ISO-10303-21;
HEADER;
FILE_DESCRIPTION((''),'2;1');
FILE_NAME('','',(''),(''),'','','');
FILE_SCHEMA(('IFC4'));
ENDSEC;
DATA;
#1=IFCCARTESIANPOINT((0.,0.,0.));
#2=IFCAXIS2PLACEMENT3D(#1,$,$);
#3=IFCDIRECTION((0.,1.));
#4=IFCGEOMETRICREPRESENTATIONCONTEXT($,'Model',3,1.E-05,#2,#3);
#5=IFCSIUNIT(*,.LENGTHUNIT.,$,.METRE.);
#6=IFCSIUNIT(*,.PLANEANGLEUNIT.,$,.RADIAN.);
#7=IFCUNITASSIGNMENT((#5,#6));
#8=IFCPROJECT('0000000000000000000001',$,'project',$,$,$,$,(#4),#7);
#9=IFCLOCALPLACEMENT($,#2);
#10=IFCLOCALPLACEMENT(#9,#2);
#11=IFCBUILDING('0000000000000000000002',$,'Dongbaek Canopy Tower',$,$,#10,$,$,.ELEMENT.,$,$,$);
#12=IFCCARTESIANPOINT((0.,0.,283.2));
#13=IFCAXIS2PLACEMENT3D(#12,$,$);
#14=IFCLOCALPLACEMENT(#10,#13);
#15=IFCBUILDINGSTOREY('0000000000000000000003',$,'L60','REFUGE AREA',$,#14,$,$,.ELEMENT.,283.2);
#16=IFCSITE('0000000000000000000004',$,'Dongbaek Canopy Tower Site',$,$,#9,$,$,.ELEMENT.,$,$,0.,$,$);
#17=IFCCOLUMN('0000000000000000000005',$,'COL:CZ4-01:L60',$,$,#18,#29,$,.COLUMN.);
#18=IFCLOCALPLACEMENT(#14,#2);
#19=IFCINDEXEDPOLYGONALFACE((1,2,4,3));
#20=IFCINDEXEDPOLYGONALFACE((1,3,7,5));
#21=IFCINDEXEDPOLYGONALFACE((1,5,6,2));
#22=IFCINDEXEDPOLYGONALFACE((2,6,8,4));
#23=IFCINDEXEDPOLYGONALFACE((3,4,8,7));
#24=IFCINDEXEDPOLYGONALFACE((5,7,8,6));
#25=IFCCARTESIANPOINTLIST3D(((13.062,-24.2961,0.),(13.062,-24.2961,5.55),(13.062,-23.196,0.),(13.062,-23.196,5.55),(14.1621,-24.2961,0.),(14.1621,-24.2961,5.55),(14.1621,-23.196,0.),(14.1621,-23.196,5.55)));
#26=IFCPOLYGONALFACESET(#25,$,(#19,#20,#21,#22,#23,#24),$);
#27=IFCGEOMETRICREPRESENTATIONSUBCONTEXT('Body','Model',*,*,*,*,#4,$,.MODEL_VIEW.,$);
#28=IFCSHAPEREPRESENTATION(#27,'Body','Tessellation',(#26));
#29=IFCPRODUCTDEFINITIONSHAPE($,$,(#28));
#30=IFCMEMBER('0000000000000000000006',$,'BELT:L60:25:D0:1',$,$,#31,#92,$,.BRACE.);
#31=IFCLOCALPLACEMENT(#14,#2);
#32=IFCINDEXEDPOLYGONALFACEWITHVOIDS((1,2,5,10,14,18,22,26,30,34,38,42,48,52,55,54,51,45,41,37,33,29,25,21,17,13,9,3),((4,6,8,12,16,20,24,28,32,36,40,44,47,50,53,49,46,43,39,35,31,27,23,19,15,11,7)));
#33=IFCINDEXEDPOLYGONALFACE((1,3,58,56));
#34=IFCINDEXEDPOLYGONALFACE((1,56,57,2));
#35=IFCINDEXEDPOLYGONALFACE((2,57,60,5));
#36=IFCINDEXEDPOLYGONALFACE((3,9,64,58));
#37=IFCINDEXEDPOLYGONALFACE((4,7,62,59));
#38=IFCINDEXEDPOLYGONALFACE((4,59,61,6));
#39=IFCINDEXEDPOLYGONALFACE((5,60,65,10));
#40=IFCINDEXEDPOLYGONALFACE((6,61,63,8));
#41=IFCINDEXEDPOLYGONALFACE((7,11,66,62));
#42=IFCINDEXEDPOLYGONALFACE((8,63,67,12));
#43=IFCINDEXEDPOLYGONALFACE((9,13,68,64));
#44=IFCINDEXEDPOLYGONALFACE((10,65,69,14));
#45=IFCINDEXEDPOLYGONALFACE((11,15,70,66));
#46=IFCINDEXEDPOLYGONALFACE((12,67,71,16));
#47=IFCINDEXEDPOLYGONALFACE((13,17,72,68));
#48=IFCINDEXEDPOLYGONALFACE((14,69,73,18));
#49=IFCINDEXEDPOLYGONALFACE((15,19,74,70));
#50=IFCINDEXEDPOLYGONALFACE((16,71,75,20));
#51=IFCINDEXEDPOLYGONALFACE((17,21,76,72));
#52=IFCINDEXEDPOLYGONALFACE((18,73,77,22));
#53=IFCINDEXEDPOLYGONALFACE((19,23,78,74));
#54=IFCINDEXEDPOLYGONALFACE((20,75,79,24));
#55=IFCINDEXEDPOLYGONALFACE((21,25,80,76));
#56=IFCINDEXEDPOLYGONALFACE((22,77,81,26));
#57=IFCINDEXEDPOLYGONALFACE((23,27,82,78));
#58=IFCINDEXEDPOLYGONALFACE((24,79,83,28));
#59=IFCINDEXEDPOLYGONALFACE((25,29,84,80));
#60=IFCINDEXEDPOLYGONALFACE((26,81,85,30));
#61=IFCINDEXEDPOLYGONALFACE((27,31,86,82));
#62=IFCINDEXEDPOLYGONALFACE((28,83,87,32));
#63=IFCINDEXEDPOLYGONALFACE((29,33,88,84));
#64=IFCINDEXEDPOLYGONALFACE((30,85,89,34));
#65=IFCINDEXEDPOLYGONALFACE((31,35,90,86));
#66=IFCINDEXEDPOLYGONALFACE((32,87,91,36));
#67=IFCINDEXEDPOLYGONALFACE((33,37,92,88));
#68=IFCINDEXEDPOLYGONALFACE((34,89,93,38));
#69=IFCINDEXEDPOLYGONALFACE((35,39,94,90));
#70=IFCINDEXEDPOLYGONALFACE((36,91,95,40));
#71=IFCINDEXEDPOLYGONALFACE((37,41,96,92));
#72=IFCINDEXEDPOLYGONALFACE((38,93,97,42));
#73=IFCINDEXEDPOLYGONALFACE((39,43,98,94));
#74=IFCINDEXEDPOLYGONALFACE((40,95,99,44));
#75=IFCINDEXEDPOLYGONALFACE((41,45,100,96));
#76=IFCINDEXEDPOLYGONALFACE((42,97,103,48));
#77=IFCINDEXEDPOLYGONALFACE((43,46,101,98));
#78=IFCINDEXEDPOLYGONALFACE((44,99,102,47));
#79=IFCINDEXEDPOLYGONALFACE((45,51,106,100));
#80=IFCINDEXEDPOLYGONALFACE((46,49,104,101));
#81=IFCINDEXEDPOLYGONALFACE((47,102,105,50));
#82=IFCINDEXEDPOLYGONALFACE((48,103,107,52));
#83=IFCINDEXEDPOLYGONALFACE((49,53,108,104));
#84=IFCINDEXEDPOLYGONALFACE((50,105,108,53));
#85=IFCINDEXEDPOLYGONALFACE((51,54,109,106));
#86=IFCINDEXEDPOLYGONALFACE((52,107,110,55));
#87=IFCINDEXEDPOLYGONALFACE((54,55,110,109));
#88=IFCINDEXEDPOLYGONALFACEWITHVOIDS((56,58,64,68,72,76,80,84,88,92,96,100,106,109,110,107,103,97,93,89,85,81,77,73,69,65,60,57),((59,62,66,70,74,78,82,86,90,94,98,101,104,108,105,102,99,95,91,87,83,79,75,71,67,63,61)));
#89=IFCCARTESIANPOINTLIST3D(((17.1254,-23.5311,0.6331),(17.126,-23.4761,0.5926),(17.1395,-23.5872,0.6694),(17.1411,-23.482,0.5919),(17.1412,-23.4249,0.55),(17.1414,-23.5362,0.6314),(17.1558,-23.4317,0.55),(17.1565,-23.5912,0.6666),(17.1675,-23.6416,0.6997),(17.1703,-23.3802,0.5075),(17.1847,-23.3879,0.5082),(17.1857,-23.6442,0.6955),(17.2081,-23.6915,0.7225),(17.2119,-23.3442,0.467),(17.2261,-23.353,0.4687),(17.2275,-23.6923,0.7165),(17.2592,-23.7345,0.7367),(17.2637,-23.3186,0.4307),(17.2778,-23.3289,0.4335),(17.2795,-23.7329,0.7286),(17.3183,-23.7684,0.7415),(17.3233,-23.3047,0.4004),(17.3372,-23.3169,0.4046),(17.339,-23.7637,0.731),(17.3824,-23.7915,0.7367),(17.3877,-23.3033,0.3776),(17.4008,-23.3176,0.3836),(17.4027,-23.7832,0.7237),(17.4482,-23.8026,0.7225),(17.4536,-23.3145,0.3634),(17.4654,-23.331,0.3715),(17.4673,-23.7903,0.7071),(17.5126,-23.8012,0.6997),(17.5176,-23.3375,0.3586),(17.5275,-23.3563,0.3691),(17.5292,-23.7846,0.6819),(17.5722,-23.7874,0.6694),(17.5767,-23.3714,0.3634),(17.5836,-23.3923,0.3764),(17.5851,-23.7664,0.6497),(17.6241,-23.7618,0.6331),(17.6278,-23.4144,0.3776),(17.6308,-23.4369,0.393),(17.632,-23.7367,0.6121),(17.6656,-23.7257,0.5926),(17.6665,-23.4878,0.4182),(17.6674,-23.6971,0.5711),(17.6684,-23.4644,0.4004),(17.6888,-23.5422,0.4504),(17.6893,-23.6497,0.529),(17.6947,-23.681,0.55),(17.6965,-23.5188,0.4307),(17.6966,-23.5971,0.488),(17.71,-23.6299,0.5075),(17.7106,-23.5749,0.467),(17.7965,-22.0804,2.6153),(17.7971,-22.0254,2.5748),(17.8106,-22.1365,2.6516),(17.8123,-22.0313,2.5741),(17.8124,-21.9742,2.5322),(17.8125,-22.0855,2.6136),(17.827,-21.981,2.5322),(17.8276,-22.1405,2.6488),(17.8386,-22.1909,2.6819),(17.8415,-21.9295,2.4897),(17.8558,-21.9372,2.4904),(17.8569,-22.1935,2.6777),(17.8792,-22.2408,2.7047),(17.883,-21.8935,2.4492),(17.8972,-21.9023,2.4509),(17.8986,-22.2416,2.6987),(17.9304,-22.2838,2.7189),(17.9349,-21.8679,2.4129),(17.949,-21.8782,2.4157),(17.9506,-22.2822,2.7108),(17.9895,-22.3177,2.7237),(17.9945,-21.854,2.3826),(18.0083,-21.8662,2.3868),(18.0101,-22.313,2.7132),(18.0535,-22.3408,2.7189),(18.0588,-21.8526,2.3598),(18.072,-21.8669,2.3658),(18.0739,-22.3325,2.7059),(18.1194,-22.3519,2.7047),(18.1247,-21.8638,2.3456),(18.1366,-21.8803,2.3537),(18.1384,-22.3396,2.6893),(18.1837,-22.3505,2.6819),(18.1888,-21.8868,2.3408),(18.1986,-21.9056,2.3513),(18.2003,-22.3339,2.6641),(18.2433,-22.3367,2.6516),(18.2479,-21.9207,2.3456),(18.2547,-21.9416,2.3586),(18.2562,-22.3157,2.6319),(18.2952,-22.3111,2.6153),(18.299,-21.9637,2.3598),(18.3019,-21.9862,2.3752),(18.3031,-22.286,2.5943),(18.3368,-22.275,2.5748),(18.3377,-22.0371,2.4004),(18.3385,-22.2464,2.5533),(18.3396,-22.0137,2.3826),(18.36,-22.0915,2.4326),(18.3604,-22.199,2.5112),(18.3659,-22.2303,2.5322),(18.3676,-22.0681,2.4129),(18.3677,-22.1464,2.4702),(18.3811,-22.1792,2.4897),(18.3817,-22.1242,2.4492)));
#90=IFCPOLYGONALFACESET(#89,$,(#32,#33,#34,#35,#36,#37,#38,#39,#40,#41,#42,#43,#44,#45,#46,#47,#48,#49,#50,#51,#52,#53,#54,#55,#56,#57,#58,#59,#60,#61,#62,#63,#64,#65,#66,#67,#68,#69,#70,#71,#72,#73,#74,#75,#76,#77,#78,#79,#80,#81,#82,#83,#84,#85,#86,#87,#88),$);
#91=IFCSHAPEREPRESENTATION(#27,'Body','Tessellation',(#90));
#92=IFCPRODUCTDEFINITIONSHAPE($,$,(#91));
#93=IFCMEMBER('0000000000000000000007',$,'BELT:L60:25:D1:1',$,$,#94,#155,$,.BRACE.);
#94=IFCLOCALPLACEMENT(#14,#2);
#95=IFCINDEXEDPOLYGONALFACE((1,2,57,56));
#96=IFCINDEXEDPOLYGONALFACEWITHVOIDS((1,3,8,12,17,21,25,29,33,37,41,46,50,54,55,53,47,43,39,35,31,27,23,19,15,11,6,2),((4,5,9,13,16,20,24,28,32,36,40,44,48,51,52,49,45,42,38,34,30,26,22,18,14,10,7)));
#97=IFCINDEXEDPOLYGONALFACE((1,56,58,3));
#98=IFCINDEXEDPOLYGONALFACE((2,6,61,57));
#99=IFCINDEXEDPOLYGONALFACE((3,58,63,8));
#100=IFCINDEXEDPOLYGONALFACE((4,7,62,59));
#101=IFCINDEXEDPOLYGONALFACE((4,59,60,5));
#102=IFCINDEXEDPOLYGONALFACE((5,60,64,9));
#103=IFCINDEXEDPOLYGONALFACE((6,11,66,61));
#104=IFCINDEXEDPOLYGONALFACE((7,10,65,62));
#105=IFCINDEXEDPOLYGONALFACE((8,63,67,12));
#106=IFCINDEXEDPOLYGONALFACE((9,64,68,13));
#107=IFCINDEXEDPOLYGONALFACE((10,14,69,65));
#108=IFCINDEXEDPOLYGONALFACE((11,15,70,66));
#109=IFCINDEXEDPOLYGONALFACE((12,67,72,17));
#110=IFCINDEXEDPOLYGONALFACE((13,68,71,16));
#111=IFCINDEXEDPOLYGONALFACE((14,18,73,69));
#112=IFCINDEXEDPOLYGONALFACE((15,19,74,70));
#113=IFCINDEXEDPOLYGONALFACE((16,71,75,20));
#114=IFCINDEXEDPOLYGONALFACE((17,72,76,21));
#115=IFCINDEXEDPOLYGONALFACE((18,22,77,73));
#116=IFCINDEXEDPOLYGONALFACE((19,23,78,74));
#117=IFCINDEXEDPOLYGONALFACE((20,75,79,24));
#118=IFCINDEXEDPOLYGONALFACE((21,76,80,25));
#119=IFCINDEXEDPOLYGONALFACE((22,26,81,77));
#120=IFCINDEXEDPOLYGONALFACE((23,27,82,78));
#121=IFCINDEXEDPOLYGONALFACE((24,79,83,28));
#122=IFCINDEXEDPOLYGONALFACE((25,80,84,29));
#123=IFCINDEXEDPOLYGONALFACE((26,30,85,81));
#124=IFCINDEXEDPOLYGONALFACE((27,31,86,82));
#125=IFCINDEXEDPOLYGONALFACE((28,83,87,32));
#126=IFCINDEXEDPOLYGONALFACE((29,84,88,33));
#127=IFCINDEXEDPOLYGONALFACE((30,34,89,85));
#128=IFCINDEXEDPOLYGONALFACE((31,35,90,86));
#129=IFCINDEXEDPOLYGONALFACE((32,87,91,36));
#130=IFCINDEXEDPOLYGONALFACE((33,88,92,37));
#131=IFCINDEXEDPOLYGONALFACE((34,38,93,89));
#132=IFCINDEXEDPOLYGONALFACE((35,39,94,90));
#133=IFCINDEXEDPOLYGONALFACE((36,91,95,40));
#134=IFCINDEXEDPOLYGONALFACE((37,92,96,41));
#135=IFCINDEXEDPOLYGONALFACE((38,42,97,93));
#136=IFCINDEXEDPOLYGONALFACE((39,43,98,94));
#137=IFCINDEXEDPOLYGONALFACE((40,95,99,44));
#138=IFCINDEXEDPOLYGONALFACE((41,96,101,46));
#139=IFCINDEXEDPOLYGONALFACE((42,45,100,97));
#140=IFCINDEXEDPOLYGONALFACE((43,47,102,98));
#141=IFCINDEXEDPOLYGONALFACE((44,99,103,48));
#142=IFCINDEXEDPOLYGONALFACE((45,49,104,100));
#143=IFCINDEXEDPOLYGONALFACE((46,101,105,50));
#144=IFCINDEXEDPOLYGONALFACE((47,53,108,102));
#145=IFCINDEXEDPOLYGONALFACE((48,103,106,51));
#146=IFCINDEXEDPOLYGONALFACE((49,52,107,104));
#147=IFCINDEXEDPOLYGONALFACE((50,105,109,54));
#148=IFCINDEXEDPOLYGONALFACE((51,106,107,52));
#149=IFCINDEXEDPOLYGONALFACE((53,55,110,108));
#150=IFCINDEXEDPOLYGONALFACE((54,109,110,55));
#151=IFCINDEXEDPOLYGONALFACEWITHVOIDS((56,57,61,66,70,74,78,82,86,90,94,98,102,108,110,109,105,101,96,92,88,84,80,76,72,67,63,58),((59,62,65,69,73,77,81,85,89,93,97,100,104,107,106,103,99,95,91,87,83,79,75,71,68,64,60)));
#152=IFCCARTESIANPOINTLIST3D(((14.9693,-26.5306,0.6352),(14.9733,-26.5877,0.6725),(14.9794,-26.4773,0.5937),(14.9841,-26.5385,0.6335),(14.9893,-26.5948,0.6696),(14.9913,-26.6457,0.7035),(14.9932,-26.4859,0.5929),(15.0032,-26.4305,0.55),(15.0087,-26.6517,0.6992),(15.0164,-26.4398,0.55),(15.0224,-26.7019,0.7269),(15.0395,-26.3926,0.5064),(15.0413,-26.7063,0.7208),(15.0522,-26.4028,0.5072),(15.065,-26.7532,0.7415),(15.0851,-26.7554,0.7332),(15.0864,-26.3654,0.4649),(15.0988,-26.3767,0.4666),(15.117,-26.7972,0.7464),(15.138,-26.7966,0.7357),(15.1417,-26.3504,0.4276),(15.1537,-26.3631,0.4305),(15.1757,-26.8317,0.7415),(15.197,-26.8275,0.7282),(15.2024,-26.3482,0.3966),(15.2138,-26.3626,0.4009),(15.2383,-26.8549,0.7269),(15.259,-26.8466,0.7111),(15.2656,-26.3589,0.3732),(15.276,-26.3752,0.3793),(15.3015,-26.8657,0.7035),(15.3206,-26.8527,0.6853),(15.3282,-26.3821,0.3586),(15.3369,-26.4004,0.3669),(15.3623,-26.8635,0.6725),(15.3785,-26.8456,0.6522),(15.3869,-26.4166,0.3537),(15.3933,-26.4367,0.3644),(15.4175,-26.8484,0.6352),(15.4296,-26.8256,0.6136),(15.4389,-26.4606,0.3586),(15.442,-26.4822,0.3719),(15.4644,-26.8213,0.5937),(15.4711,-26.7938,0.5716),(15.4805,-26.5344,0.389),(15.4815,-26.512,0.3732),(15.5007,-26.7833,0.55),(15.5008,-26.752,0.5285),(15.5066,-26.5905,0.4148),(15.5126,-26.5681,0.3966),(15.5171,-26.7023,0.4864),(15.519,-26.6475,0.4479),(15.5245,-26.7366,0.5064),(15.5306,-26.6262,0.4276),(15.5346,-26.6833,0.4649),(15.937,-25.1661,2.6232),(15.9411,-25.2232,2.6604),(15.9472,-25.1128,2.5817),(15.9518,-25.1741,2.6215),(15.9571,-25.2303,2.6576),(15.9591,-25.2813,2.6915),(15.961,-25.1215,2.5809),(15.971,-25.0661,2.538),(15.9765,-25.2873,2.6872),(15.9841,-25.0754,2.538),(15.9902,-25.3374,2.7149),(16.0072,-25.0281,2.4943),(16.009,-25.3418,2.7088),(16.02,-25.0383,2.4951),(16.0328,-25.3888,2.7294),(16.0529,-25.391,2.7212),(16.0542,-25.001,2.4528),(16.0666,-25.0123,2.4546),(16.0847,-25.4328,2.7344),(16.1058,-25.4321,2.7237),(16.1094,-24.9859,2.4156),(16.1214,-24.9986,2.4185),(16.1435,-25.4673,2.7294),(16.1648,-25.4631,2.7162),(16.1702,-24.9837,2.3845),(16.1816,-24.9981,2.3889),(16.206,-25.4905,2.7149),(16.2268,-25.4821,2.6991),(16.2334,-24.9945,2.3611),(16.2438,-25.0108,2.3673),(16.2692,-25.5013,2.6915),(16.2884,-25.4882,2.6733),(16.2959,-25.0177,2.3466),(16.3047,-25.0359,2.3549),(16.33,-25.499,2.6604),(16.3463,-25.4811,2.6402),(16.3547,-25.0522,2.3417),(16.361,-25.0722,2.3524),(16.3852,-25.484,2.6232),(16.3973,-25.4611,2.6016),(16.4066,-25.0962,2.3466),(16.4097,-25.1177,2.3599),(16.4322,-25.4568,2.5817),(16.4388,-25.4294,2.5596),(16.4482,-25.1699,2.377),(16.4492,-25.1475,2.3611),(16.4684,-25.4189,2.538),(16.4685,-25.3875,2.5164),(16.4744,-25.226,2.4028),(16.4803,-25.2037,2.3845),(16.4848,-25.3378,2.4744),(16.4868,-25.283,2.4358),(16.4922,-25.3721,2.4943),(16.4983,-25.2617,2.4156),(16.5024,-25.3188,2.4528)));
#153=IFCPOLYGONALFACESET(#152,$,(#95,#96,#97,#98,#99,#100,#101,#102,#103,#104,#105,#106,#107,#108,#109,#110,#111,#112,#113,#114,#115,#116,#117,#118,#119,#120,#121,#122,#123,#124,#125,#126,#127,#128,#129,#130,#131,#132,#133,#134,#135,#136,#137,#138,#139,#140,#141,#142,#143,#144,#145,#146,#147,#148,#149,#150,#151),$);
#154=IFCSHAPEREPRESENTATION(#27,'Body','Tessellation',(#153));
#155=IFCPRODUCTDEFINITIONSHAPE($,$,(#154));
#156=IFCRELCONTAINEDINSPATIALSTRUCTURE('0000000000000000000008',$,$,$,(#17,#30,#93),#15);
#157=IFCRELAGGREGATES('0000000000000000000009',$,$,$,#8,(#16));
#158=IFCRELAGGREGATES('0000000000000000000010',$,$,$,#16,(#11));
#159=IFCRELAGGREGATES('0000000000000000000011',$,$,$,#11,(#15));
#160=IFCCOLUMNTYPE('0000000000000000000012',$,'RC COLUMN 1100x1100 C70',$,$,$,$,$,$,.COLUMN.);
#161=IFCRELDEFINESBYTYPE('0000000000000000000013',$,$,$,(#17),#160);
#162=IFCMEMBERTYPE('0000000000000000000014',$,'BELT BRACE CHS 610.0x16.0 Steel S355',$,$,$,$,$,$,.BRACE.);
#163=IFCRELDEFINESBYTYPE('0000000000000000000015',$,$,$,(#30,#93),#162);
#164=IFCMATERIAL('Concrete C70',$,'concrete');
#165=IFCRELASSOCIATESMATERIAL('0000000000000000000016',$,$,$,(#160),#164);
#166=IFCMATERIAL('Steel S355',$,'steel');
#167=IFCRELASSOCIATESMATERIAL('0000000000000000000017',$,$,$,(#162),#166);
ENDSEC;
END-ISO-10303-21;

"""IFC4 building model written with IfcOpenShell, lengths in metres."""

from ifc_helpers import new_model, si_unit, direction, frame, origin, origin_2d, place, context, subcontext, project, spatial, rectangle, hollow_circle, extrude, material, material_profile, profile_set, type_object, element, save


model = new_model("IFC4")

# Units and contexts
model_context = context("Model", 3, precision=1e-05, world=origin(), true_north=direction((0.0, 1.0)))
body_context = subcontext(model_context, "Body", "Model", "MODEL_VIEW")
ifc_project = project(units=[si_unit("LENGTHUNIT", "METRE"), si_unit("PLANEANGLEUNIT", "RADIAN")], contexts=[model_context])

# Site, building, storey
site_placement = place(None, origin())
site = spatial("IfcSite", under=ifc_project, at=site_placement, Name="Dongbaek Canopy Tower Site", CompositionType="ELEMENT", RefElevation=0.0)
building_placement = place(site_placement, origin())
building = spatial("IfcBuilding", under=site, at=building_placement, Name="Dongbaek Canopy Tower", CompositionType="ELEMENT")
storey_placement = place(building_placement, frame((0.0, 0.0, 283.2)))
storey = spatial("IfcBuildingStorey", under=building, at=storey_placement, Name="L60", Description="REFUGE AREA", CompositionType="ELEMENT", Elevation=283.2)

# Column
ifc_material_1 = material(Name="Concrete C70", Category="concrete")
ifc_material_profile_1 = material_profile(ifc_material_1, rectangle(XDim=1.1001, YDim=1.1001, at=origin_2d()), Name="RC COLUMN 1100x1100 C70")
ifc_profile_set_1 = profile_set([ifc_material_profile_1], Name="Concrete C70")
column_type = type_object("IfcColumnType", Name="RC COLUMN 1100x1100 C70", PredefinedType="COLUMN", material=ifc_profile_set_1)
column_placement = place(storey_placement, frame((13.6121, -23.7461, 0.0), z_axis=(0.0, 0.0, 1.0), x_axis=(1.0, 0.0, 0.0)))
element("IfcColumn", 1, at=column_placement, inside=storey, type_object=column_type, Name="COL:CZ4-01:L60", PredefinedType="COLUMN", context=body_context, shape_type="SweptSolid", body=[
    extrude(rectangle(XDim=1.1001, YDim=1.1001, at=origin_2d()), origin(), (0.0, 0.0, 1.0), 5.55),
])

# Members
ifc_material_2 = material(Name="Steel S355", Category="steel")
ifc_material_profile_2 = material_profile(ifc_material_2, hollow_circle(Radius=0.3049, WallThickness=0.0161, at=origin_2d()), Name="BELT BRACE CHS 610.0x16.0 Steel S355")
ifc_profile_set_2 = profile_set([ifc_material_profile_2], Name="Steel S355")
member_type_1 = type_object("IfcMemberType", Name="BELT BRACE CHS 610.0x16.0 Steel S355", PredefinedType="BRACE", material=ifc_profile_set_2)
member_1_placement = place(storey_placement, frame((17.418, -23.553, 0.55), z_axis=(0.26357, 0.569709, 0.778436), x_axis=(-0.907579, 0.419881, 0.0)))
element("IfcMember", 2, at=member_1_placement, inside=storey, type_object=member_type_1, Name="BELT:L60:25:D0:1", PredefinedType="BRACE", context=body_context, shape_type="SweptSolid", body=[
    extrude(hollow_circle(Radius=0.3049, WallThickness=0.0161, at=origin_2d()), origin(), (0.0, 0.0, 1.0), 2.5464),
])
member_2_placement = place(storey_placement, frame((15.252, -26.6069, 0.55), z_axis=(0.372476, 0.525168, 0.765154), x_axis=(-0.815672, 0.578515, 0.0)))
element("IfcMember", 3, at=member_2_placement, inside=storey, type_object=member_type_1, Name="BELT:L60:25:D1:1", PredefinedType="BRACE", context=body_context, shape_type="SweptSolid", body=[
    extrude(hollow_circle(Radius=0.3049, WallThickness=0.0161, at=origin_2d()), origin(), (0.0, 0.0, 1.0), 2.5981),
])

save(model, "model.ifc")
